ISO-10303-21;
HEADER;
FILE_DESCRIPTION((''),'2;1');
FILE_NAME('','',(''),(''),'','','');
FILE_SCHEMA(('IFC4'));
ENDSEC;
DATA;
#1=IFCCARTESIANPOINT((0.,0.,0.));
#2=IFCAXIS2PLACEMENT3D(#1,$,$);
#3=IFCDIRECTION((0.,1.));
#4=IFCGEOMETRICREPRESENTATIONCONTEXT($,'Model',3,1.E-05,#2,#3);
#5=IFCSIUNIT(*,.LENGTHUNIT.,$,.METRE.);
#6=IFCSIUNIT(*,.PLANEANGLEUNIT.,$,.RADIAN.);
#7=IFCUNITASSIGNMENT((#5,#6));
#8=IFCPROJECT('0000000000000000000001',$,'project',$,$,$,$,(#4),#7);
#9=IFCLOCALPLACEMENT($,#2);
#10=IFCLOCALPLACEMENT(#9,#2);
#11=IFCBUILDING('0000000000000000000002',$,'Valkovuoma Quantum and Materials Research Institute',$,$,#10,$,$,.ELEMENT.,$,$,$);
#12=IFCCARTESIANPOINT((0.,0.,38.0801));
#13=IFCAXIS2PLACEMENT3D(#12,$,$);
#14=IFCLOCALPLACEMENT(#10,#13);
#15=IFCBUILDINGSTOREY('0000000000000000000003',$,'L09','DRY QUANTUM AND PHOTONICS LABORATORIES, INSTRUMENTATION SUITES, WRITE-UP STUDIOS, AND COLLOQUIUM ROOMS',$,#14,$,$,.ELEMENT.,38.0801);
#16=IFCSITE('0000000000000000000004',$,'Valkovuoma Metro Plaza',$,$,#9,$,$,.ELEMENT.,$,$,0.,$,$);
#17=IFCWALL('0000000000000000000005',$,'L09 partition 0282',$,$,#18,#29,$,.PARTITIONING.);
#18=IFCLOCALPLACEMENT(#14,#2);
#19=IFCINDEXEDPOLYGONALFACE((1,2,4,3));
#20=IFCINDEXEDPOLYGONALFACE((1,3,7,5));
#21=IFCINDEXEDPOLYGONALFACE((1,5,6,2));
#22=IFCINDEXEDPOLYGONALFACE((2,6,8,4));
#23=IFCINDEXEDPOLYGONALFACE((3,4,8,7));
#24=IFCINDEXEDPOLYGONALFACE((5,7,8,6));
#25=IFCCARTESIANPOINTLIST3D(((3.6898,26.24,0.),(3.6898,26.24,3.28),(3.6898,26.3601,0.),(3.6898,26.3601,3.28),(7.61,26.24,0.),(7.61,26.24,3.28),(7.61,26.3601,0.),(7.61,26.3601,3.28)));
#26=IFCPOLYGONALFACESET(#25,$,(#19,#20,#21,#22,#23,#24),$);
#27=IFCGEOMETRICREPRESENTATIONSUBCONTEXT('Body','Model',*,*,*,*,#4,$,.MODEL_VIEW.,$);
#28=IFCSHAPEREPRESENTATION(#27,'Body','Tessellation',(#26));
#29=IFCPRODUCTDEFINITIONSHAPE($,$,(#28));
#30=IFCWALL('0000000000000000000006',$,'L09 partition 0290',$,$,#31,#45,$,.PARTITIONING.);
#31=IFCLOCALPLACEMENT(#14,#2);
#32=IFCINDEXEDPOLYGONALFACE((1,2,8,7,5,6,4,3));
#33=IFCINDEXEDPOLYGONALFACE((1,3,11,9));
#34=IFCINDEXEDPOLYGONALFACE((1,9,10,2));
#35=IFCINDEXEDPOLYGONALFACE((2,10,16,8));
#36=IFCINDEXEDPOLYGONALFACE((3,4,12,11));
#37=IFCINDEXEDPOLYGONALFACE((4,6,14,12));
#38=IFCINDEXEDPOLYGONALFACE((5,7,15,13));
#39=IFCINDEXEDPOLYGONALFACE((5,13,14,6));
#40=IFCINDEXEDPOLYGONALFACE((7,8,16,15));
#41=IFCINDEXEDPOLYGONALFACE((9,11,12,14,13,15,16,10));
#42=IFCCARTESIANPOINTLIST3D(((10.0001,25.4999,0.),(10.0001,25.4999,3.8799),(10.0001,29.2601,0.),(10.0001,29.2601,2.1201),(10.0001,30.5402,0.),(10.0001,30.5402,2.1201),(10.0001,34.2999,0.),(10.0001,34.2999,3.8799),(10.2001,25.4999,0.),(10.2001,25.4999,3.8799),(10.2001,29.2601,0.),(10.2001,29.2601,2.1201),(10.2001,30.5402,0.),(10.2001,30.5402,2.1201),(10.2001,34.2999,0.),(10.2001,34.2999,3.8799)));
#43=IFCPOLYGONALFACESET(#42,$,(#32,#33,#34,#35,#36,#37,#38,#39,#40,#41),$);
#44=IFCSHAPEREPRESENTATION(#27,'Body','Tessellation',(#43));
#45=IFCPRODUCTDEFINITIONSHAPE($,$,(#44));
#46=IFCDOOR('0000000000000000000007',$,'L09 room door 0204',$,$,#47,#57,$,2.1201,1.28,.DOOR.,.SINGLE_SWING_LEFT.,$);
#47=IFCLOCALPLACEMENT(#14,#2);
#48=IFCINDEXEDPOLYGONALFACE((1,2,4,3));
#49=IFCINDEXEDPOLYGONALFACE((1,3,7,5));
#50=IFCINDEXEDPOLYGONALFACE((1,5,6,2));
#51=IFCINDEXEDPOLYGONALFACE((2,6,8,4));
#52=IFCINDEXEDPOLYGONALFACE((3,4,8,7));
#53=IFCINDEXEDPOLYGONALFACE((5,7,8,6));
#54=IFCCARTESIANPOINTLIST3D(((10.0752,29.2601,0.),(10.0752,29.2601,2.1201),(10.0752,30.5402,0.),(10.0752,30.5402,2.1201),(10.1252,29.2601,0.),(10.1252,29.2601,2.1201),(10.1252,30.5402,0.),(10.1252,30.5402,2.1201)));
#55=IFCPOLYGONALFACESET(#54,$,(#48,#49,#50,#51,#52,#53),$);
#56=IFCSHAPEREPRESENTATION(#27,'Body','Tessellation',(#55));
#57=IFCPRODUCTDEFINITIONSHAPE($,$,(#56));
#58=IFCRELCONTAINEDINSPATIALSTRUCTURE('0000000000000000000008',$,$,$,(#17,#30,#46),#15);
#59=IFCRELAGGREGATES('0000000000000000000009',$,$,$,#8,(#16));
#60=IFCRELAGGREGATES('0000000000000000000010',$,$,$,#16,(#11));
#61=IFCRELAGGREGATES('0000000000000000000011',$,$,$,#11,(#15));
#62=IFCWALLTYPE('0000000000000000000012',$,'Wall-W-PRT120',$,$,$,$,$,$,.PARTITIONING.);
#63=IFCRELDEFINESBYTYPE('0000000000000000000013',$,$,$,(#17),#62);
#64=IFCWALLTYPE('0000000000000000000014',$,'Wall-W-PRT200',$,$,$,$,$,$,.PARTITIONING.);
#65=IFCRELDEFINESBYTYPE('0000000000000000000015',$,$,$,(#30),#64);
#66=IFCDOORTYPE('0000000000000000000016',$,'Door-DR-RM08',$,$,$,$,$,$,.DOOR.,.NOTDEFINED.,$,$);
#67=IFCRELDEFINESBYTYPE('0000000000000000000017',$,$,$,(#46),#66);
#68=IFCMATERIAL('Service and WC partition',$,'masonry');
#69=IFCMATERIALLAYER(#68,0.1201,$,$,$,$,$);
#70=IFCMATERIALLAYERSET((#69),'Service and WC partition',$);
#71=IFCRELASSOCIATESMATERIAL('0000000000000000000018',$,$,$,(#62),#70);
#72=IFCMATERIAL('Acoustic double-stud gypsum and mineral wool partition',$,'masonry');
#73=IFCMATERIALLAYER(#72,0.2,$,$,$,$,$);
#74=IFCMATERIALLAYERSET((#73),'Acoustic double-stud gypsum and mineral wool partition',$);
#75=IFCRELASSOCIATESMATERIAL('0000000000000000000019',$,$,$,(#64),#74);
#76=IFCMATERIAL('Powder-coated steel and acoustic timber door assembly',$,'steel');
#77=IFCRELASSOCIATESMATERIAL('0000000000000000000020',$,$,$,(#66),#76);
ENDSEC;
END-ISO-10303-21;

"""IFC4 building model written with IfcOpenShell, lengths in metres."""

from ifc_helpers import new_model, si_unit, direction, frame, frame_2d, origin, place, context, subcontext, project, spatial, rectangle, extrude, material, layer, layer_set, type_object, element, fill, save


model = new_model("IFC4")

# Units and contexts
model_context = context("Model", 3, precision=1e-05, world=origin(), true_north=direction((0.0, 1.0)))
body_context = subcontext(model_context, "Body", "Model", "MODEL_VIEW")
ifc_project = project(units=[si_unit("LENGTHUNIT", "METRE"), si_unit("PLANEANGLEUNIT", "RADIAN")], contexts=[model_context])

# Site, building, storey
site_placement = place(None, origin())
site = spatial("IfcSite", under=ifc_project, at=site_placement, Name="Valkovuoma Metro Plaza", CompositionType="ELEMENT", RefElevation=0.0)
building_placement = place(site_placement, origin())
building = spatial("IfcBuilding", under=site, at=building_placement, Name="Valkovuoma Quantum and Materials Research Institute", CompositionType="ELEMENT")
storey_placement = place(building_placement, frame((0.0, 0.0, 38.0801)))
storey = spatial("IfcBuildingStorey", under=building, at=storey_placement, Name="L09", Description="DRY QUANTUM AND PHOTONICS LABORATORIES, INSTRUMENTATION SUITES, WRITE-UP STUDIOS, AND COLLOQUIUM ROOMS", CompositionType="ELEMENT", Elevation=38.0801)

# Wall
ifc_material_1 = material(Name="Service and WC partition", Category="masonry")
ifc_layer_1 = layer(ifc_material_1, 0.1201)
ifc_layer_set_1 = layer_set([ifc_layer_1], Name="Service and WC partition")
wall_type_1 = type_object("IfcWallType", Name="Wall-W-PRT120", PredefinedType="PARTITIONING", material=ifc_layer_set_1)
wall_1_placement = place(storey_placement, frame((3.6899, 26.3, 0.0), z_axis=(0.0, 0.0, 1.0), x_axis=(1.0, 0.0, 0.0)))
element("IfcWall", 1, at=wall_1_placement, inside=storey, type_object=wall_type_1, Name="L09 partition 0282", PredefinedType="PARTITIONING", context=body_context, shape_type="SweptSolid", body=[
    extrude(rectangle(XDim=3.9202, YDim=0.1201, at=frame_2d((1.96, 0.0))), origin(), (0.0, 0.0, 1.0), 3.28),
])

# Wall, opening, door
ifc_material_2 = material(Name="Acoustic double-stud gypsum and mineral wool partition", Category="masonry")
ifc_layer_2 = layer(ifc_material_2, 0.2)
ifc_layer_set_2 = layer_set([ifc_layer_2], Name="Acoustic double-stud gypsum and mineral wool partition")
wall_type_2 = type_object("IfcWallType", Name="Wall-W-PRT200", PredefinedType="PARTITIONING", material=ifc_layer_set_2)
wall_2_placement = place(storey_placement, frame((10.1001, 25.5, 0.0), z_axis=(0.0, 0.0, 1.0), x_axis=(0.0, 1.0, 0.0)))
wall_2 = element("IfcWall", 2, at=wall_2_placement, inside=storey, type_object=wall_type_2, Name="L09 partition 0290", PredefinedType="PARTITIONING", context=body_context, shape_type="SweptSolid", body=[
    extrude(rectangle(XDim=8.8, YDim=0.2, at=frame_2d((4.3999, 0.0))), origin(), (0.0, 0.0, 1.0), 3.8799),
])
opening_placement = place(wall_2_placement, frame((3.76, 0.0, 0.0)))
opening = element("IfcOpeningElement", 3, at=opening_placement, cuts=wall_2, PredefinedType="OPENING", context=body_context, shape_type="SweptSolid", body=[
    extrude(rectangle(XDim=1.28, YDim=2.1201, at=frame_2d((0.6401, 1.0601))), frame((0.0, 0.1099, 0.0), z_axis=(0.0, -1.0, 0.0), x_axis=(1.0, 0.0, 0.0)), (0.0, 0.0, 1.0), 0.22),
])
ifc_material_3 = material(Name="Powder-coated steel and acoustic timber door assembly", Category="steel")
door_type = type_object("IfcDoorType", Name="Door-DR-RM08", OperationType="NOTDEFINED", PredefinedType="DOOR", material=ifc_material_3)
door_placement = place(opening_placement, origin())
door = element("IfcDoor", 4, at=door_placement, inside=storey, type_object=door_type, Name="L09 room door 0204", OperationType="SINGLE_SWING_LEFT", OverallHeight=2.1201, OverallWidth=1.28, PredefinedType="DOOR", context=body_context, shape_type="SweptSolid", body=[
    extrude(rectangle(XDim=1.28, YDim=2.1201, at=frame_2d((0.6401, 1.0601))), frame((0.0, 0.0249, 0.0), z_axis=(0.0, -1.0, 0.0), x_axis=(1.0, 0.0, 0.0)), (0.0, 0.0, 1.0), 0.05),
])
fill(opening, door)

save(model, "model.ifc")
